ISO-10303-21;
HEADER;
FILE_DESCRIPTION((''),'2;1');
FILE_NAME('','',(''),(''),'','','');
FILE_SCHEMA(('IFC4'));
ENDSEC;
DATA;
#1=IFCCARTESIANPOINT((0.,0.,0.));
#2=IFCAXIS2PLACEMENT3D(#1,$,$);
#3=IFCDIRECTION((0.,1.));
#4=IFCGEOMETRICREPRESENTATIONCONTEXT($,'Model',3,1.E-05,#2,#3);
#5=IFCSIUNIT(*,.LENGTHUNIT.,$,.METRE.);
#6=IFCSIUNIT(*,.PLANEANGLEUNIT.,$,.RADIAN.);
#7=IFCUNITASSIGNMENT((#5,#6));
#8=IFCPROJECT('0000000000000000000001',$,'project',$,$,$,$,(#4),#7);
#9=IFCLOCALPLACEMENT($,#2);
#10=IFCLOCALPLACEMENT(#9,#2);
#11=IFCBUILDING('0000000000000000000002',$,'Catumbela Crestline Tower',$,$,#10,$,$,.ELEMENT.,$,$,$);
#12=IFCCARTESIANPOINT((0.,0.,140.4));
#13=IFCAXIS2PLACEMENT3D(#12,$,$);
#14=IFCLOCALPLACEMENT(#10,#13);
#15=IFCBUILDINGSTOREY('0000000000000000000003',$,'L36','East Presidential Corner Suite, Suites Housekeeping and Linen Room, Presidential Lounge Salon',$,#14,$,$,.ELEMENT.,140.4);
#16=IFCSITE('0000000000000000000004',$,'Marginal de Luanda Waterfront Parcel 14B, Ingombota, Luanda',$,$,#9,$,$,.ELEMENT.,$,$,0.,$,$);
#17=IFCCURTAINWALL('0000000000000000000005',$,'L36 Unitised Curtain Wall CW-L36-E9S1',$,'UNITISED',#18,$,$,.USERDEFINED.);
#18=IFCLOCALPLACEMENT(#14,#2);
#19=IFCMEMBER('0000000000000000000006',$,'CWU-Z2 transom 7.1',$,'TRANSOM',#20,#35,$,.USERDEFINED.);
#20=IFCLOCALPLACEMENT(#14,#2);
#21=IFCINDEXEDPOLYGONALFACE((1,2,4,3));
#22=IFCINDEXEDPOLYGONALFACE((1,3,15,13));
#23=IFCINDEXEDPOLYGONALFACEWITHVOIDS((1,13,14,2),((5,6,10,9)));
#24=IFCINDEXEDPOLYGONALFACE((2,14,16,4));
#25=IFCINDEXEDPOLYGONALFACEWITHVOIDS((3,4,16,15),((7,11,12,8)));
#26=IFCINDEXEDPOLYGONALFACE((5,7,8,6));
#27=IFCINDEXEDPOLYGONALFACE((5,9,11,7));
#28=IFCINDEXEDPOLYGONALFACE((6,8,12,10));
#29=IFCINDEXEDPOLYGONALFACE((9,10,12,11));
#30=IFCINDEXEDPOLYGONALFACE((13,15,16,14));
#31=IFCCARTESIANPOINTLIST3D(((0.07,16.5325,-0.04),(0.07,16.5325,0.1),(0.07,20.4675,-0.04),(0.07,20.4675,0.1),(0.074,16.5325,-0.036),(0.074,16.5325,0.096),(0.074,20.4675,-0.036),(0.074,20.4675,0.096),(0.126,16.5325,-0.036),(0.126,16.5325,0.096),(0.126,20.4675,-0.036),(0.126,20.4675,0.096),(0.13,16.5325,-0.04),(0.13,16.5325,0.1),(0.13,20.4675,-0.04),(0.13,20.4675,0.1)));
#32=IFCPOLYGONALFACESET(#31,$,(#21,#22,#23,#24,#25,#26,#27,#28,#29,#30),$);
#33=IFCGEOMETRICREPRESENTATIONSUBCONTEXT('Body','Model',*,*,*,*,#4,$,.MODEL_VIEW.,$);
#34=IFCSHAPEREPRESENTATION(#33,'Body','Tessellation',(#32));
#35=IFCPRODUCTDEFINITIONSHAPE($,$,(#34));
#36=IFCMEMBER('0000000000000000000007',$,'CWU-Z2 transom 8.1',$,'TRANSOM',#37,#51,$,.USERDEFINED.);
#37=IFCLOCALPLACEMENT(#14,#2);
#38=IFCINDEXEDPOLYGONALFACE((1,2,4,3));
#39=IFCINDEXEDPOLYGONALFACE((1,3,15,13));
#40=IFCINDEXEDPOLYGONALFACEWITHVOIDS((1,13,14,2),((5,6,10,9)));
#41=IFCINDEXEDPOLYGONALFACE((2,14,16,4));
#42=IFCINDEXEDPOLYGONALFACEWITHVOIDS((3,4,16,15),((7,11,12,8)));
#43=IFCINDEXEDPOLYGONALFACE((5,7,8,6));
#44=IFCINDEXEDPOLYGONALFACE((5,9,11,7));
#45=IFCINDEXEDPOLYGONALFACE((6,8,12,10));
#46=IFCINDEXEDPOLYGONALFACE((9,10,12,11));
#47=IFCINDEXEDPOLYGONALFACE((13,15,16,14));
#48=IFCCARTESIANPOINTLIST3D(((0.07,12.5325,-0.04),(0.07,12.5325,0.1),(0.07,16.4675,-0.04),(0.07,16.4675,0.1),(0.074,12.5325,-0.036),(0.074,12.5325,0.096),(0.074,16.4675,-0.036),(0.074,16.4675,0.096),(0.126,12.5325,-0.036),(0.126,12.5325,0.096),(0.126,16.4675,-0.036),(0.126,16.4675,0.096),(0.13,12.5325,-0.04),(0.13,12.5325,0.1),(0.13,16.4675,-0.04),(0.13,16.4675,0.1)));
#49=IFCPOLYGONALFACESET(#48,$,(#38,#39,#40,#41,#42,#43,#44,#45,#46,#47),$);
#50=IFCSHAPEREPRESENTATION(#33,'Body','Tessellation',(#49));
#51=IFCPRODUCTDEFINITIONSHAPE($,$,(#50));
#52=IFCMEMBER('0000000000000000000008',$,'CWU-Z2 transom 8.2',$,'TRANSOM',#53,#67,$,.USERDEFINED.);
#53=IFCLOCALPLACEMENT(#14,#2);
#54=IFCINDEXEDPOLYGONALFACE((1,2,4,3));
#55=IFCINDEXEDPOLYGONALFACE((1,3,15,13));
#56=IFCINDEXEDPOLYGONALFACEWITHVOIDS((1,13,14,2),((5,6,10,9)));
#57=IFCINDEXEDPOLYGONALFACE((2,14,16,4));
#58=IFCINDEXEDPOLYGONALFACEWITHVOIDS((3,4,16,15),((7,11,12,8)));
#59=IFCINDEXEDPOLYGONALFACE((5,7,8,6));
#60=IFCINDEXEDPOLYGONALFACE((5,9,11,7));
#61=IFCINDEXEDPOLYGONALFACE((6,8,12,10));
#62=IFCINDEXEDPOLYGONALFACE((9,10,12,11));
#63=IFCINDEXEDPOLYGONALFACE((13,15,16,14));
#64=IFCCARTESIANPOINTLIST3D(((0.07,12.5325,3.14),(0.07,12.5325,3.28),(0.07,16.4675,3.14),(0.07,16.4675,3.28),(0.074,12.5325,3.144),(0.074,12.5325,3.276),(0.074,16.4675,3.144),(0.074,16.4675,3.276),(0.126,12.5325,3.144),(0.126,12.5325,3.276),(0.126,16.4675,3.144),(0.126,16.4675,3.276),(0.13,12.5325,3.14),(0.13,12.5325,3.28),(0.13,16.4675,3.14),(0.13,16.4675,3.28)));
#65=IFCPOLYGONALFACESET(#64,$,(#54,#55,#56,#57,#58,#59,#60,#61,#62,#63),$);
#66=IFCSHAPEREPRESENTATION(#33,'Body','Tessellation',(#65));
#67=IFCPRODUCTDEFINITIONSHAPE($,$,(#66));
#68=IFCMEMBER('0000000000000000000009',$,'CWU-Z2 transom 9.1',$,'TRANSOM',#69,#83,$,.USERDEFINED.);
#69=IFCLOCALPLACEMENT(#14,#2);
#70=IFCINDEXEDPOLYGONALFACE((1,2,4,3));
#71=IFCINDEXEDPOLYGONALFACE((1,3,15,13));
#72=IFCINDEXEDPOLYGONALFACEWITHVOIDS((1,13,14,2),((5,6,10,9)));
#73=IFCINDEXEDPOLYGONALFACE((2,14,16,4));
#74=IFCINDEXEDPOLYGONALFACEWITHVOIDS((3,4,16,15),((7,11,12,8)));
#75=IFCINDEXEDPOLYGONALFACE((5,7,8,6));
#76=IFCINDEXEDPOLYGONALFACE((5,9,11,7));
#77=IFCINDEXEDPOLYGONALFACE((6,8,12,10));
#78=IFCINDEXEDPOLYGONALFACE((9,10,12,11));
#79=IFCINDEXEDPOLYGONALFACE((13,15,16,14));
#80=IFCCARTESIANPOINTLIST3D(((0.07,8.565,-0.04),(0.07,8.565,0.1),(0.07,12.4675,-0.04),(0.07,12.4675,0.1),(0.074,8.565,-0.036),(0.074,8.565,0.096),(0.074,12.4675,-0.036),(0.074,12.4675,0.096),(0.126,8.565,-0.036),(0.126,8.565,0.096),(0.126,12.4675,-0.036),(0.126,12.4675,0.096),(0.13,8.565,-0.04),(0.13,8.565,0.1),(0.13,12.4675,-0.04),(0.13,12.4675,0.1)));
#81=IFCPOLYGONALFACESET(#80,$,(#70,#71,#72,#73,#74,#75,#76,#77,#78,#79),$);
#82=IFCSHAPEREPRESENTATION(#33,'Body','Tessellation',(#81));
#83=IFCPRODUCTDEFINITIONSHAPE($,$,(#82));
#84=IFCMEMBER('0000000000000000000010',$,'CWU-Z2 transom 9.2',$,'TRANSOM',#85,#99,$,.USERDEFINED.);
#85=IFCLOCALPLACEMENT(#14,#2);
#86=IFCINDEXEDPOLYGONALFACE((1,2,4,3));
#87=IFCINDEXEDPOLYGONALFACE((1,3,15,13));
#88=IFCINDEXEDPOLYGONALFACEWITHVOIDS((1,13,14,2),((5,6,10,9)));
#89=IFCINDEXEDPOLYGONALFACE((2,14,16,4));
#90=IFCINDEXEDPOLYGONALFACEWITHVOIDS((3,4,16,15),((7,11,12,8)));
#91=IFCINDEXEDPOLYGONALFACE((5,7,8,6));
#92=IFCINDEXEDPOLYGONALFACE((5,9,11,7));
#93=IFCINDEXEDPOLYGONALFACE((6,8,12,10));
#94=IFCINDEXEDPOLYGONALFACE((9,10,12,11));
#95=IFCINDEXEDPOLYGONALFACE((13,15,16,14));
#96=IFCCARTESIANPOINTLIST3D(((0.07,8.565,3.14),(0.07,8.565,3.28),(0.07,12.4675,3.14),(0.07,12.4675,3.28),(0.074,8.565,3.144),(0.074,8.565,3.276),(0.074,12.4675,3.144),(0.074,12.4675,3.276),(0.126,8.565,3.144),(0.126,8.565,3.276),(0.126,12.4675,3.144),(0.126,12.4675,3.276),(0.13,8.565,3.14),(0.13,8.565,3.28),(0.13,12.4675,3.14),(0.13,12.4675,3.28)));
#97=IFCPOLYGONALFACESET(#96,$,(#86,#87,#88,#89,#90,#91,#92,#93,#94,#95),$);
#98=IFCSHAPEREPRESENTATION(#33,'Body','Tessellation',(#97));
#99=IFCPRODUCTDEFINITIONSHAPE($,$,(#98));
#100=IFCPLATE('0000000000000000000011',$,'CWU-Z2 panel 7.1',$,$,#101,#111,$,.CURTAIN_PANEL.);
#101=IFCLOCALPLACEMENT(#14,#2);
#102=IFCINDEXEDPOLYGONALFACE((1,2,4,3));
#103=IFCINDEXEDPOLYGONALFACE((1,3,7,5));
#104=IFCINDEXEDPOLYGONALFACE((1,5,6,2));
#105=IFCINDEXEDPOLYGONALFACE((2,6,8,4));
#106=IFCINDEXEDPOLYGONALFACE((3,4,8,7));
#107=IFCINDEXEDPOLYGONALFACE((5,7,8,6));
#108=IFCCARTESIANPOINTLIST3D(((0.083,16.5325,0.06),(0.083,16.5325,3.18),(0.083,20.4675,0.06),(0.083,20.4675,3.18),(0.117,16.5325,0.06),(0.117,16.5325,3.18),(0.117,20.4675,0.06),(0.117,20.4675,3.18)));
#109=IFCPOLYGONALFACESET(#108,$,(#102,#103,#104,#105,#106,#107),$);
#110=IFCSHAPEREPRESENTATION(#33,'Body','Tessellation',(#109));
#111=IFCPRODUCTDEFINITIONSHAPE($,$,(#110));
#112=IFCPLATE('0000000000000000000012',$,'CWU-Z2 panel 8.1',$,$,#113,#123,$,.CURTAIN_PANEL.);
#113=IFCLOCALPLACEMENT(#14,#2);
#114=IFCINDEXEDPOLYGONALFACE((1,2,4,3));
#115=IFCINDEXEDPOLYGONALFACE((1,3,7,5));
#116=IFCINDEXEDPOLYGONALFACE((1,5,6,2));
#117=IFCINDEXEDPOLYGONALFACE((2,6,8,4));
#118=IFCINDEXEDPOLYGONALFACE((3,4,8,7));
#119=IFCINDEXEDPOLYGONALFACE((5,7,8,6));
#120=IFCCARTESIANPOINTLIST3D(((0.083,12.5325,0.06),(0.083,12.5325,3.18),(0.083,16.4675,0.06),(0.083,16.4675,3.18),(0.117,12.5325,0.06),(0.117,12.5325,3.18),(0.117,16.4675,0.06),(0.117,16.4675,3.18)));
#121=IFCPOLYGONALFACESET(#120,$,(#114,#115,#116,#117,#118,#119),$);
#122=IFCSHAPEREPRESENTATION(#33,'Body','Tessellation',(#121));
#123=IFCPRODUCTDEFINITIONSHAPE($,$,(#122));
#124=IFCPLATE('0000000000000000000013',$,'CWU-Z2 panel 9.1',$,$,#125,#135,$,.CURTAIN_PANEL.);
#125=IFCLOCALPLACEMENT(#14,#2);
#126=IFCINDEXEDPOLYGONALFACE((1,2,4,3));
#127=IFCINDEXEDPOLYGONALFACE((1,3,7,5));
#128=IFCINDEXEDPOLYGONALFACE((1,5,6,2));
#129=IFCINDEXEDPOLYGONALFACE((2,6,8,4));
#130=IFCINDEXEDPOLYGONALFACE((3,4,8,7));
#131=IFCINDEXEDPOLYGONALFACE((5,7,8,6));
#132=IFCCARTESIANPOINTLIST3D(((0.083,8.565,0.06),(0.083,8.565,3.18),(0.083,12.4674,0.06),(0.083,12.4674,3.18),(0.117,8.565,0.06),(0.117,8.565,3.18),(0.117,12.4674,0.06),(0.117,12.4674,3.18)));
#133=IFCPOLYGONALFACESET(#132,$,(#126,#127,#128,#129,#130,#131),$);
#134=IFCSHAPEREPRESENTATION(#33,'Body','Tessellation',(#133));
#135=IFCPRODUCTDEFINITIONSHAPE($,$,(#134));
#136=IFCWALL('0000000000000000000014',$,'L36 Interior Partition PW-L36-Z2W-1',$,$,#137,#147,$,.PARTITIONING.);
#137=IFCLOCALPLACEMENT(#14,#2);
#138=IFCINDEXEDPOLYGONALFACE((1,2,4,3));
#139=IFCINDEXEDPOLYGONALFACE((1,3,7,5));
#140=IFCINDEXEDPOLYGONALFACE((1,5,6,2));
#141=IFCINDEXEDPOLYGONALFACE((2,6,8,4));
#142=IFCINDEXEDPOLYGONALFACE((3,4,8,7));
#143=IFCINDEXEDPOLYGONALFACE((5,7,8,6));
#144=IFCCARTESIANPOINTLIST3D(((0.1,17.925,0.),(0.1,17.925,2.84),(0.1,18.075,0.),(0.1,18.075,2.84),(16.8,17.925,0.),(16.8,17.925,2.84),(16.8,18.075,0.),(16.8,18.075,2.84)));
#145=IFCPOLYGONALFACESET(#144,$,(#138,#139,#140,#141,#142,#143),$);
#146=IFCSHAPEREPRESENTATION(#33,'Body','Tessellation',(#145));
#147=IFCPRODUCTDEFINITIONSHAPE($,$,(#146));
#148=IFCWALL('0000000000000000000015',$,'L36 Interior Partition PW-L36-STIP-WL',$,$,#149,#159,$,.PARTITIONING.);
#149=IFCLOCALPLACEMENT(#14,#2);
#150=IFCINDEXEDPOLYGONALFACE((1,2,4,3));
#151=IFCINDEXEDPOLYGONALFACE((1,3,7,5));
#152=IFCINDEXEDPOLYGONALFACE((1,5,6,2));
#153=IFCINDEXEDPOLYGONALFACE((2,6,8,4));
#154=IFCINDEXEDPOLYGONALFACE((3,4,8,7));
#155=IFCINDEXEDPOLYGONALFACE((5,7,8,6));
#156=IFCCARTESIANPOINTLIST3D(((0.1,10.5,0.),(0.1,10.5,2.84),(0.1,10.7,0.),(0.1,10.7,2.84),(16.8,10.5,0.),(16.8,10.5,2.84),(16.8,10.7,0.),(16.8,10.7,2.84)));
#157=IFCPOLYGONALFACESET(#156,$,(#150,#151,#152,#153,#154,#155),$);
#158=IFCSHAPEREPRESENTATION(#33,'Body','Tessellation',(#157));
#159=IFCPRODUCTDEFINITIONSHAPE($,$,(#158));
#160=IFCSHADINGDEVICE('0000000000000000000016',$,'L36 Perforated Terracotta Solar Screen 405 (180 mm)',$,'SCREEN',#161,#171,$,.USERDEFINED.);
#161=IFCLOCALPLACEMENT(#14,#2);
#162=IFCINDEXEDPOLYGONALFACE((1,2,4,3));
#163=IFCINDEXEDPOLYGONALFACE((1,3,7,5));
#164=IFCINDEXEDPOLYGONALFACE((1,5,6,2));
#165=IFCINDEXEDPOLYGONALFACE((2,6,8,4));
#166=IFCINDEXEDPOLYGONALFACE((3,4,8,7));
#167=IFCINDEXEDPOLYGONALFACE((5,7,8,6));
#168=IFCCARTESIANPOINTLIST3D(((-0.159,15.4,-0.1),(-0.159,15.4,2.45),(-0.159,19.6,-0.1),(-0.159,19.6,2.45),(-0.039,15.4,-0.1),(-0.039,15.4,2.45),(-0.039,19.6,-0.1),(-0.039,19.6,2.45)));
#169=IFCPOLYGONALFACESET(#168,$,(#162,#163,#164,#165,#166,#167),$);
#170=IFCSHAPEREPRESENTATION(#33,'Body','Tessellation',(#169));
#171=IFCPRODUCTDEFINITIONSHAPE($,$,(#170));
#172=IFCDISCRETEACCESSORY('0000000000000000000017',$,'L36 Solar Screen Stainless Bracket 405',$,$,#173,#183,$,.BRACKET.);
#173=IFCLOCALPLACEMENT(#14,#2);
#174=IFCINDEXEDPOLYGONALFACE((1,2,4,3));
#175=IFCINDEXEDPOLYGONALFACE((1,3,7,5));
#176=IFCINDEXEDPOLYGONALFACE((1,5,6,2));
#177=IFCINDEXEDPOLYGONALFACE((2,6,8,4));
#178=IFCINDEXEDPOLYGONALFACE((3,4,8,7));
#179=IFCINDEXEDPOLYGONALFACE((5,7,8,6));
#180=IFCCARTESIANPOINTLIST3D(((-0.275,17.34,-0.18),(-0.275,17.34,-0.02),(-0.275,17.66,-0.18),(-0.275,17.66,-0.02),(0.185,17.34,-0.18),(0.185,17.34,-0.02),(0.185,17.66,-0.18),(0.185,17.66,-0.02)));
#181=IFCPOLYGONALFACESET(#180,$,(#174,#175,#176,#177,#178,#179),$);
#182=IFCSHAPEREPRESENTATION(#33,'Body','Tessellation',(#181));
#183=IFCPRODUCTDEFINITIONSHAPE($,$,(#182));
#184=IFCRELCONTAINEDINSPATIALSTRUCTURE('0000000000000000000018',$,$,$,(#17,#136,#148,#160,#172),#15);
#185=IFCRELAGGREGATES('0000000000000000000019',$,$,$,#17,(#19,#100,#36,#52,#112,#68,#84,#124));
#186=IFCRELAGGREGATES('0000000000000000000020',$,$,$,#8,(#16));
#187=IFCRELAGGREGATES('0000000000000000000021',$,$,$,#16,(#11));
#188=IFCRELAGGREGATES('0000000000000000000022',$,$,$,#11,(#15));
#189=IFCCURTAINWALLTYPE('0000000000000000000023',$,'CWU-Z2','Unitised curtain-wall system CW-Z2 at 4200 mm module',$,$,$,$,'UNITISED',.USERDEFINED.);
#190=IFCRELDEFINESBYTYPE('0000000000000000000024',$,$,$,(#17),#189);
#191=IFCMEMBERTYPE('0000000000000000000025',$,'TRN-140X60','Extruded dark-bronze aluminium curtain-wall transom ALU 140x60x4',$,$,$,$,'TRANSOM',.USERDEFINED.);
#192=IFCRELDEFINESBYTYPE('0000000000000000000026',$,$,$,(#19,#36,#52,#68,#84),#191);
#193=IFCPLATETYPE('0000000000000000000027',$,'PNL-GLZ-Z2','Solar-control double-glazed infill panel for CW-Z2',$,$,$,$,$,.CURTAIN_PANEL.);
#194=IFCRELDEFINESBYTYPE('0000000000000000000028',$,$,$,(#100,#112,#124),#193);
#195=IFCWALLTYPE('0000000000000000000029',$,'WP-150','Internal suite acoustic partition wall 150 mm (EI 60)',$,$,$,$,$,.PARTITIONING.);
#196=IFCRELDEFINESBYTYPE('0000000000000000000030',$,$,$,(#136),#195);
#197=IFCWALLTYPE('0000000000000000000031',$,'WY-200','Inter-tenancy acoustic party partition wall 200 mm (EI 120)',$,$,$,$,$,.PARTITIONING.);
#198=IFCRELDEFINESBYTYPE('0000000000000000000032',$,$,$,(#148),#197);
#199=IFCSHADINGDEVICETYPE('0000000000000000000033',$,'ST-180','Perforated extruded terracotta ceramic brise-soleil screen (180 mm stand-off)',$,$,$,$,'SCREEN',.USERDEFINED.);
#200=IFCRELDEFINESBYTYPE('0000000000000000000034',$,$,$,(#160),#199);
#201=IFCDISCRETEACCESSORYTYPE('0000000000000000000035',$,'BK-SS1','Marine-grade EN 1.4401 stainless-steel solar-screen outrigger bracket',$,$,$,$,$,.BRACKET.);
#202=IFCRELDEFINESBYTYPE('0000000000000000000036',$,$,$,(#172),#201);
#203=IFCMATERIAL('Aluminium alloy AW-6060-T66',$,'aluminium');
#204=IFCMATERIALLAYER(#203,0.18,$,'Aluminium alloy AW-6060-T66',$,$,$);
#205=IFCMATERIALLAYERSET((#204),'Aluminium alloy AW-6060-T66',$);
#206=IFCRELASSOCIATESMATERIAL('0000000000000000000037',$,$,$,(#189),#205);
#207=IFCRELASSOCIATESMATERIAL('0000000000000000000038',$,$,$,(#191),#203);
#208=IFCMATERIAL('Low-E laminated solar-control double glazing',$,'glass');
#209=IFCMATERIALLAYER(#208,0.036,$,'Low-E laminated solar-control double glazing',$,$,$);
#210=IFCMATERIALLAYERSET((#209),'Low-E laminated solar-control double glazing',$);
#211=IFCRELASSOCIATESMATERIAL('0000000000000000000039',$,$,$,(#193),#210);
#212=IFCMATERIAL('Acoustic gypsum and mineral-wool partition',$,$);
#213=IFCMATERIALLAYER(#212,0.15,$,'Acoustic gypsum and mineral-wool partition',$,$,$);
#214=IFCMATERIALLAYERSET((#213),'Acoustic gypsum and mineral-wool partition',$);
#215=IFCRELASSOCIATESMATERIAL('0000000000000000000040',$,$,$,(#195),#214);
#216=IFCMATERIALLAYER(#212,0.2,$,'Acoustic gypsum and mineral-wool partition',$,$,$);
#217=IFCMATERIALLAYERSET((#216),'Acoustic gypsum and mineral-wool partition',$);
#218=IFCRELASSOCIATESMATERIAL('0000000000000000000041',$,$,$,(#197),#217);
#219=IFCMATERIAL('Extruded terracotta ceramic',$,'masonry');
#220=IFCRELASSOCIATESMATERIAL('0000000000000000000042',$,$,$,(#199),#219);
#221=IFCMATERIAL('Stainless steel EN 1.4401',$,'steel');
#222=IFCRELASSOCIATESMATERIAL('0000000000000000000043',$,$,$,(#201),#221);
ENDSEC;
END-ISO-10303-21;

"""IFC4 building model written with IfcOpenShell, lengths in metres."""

from ifc_helpers import new_model, si_unit, direction, frame, frame_2d, origin, origin_2d, place, context, subcontext, project, spatial, rectangle, hollow_rectangle, extrude, material, layer, layer_set, material_profile, profile_set, type_object, element, aggregate, save


model = new_model("IFC4")

# Units and contexts
model_context = context("Model", 3, precision=1e-05, world=origin(), true_north=direction((0.0, 1.0)))
body_context = subcontext(model_context, "Body", "Model", "MODEL_VIEW")
ifc_project = project(units=[si_unit("LENGTHUNIT", "METRE"), si_unit("PLANEANGLEUNIT", "RADIAN")], contexts=[model_context])

# Site, building, storey
site_placement = place(None, origin())
site = spatial("IfcSite", under=ifc_project, at=site_placement, Name="Marginal de Luanda Waterfront Parcel 14B, Ingombota, Luanda", CompositionType="ELEMENT", RefElevation=0.0)
building_placement = place(site_placement, origin())
building = spatial("IfcBuilding", under=site, at=building_placement, Name="Catumbela Crestline Tower", CompositionType="ELEMENT")
storey_placement = place(building_placement, frame((0.0, 0.0, 140.4)))
storey = spatial("IfcBuildingStorey", under=building, at=storey_placement, Name="L36", Description="East Presidential Corner Suite, Suites Housekeeping and Linen Room, Presidential Lounge Salon", CompositionType="ELEMENT", Elevation=140.4)

# Curtain wall
ifc_material_1 = material(Name="Aluminium alloy AW-6060-T66", Category="aluminium")
ifc_layer_1 = layer(ifc_material_1, 0.18, Name="Aluminium alloy AW-6060-T66")
ifc_layer_set_1 = layer_set([ifc_layer_1], Name="Aluminium alloy AW-6060-T66")
curtain_wall_type = type_object("IfcCurtainWallType", Name="CWU-Z2", Description="Unitised curtain-wall system CW-Z2 at 4200 mm module", ElementType="UNITISED", PredefinedType="USERDEFINED", material=ifc_layer_set_1)
curtain_wall_placement = place(storey_placement, origin())
curtain_wall = element("IfcCurtainWall", 1, at=curtain_wall_placement, inside=storey, type_object=curtain_wall_type, Name="L36 Unitised Curtain Wall CW-L36-E9S1", ObjectType="UNITISED", PredefinedType="USERDEFINED")

# Members
ifc_material_profile_1 = material_profile(ifc_material_1, hollow_rectangle(XDim=0.06, YDim=0.14, WallThickness=0.004, at=origin_2d()), Name="ALU 140x60x4")
ifc_profile_set_1 = profile_set([ifc_material_profile_1], Name="Aluminium alloy AW-6060-T66")
member_type_1 = type_object("IfcMemberType", Name="TRN-140X60", Description="Extruded dark-bronze aluminium curtain-wall transom ALU 140x60x4", ElementType="TRANSOM", PredefinedType="USERDEFINED", material=ifc_profile_set_1)
member_1_placement = place(storey_placement, frame((0.1, 20.4675, 0.03), z_axis=(0.0, -1.0, 0.0), x_axis=(1.0, 0.0, 0.0)))
member_1 = element("IfcMember", 2, at=member_1_placement, type_object=member_type_1, Name="CWU-Z2 transom 7.1", ObjectType="TRANSOM", PredefinedType="USERDEFINED", context=body_context, shape_type="SweptSolid", body=[
    extrude(hollow_rectangle(XDim=0.06, YDim=0.14, WallThickness=0.004, at=origin_2d()), origin(), (0.0, 0.0, 1.0), 3.935),
])
member_2_placement = place(storey_placement, frame((0.1, 16.4675, 0.03), z_axis=(0.0, -1.0, 0.0), x_axis=(1.0, 0.0, 0.0)))
member_2 = element("IfcMember", 3, at=member_2_placement, type_object=member_type_1, Name="CWU-Z2 transom 8.1", ObjectType="TRANSOM", PredefinedType="USERDEFINED", context=body_context, shape_type="SweptSolid", body=[
    extrude(hollow_rectangle(XDim=0.06, YDim=0.14, WallThickness=0.004, at=origin_2d()), origin(), (0.0, 0.0, 1.0), 3.935),
])
member_3_placement = place(storey_placement, frame((0.1, 16.4675, 3.21), z_axis=(0.0, -1.0, 0.0), x_axis=(1.0, 0.0, 0.0)))
member_3 = element("IfcMember", 4, at=member_3_placement, type_object=member_type_1, Name="CWU-Z2 transom 8.2", ObjectType="TRANSOM", PredefinedType="USERDEFINED", context=body_context, shape_type="SweptSolid", body=[
    extrude(hollow_rectangle(XDim=0.06, YDim=0.14, WallThickness=0.004, at=origin_2d()), origin(), (0.0, 0.0, 1.0), 3.935),
])
member_4_placement = place(storey_placement, frame((0.1, 12.4675, 0.03), z_axis=(0.0, -1.0, 0.0), x_axis=(1.0, 0.0, 0.0)))
member_4 = element("IfcMember", 5, at=member_4_placement, type_object=member_type_1, Name="CWU-Z2 transom 9.1", ObjectType="TRANSOM", PredefinedType="USERDEFINED", context=body_context, shape_type="SweptSolid", body=[
    extrude(hollow_rectangle(XDim=0.06, YDim=0.14, WallThickness=0.004, at=origin_2d()), origin(), (0.0, 0.0, 1.0), 3.9025),
])
member_5_placement = place(storey_placement, frame((0.1, 12.4675, 3.21), z_axis=(0.0, -1.0, 0.0), x_axis=(1.0, 0.0, 0.0)))
member_5 = element("IfcMember", 6, at=member_5_placement, type_object=member_type_1, Name="CWU-Z2 transom 9.2", ObjectType="TRANSOM", PredefinedType="USERDEFINED", context=body_context, shape_type="SweptSolid", body=[
    extrude(hollow_rectangle(XDim=0.06, YDim=0.14, WallThickness=0.004, at=origin_2d()), origin(), (0.0, 0.0, 1.0), 3.9025),
])

# Plates
ifc_material_2 = material(Name="Low-E laminated solar-control double glazing", Category="glass")
ifc_layer_2 = layer(ifc_material_2, 0.036, Name="Low-E laminated solar-control double glazing")
ifc_layer_set_2 = layer_set([ifc_layer_2], Name="Low-E laminated solar-control double glazing")
plate_type = type_object("IfcPlateType", Name="PNL-GLZ-Z2", Description="Solar-control double-glazed infill panel for CW-Z2", PredefinedType="CURTAIN_PANEL", material=ifc_layer_set_2)
plate_1_placement = place(storey_placement, frame((0.1, 18.5, 0.06), z_axis=(0.0, 0.0, 1.0), x_axis=(0.0, -1.0, 0.0)))
plate_1 = element("IfcPlate", 7, at=plate_1_placement, type_object=plate_type, Name="CWU-Z2 panel 7.1", PredefinedType="CURTAIN_PANEL", context=body_context, shape_type="SweptSolid", body=[
    extrude(rectangle(XDim=3.935, YDim=0.034, at=origin_2d()), origin(), (0.0, 0.0, 1.0), 3.12),
])
plate_2_placement = place(storey_placement, frame((0.1, 14.5, 0.06), z_axis=(0.0, 0.0, 1.0), x_axis=(0.0, -1.0, 0.0)))
plate_2 = element("IfcPlate", 8, at=plate_2_placement, type_object=plate_type, Name="CWU-Z2 panel 8.1", PredefinedType="CURTAIN_PANEL", context=body_context, shape_type="SweptSolid", body=[
    extrude(rectangle(XDim=3.935, YDim=0.034, at=origin_2d()), origin(), (0.0, 0.0, 1.0), 3.12),
])
plate_3_placement = place(storey_placement, frame((0.1, 10.5162, 0.06), z_axis=(0.0, 0.0, 1.0), x_axis=(0.0, -1.0, 0.0)))
plate_3 = element("IfcPlate", 9, at=plate_3_placement, type_object=plate_type, Name="CWU-Z2 panel 9.1", PredefinedType="CURTAIN_PANEL", context=body_context, shape_type="SweptSolid", body=[
    extrude(rectangle(XDim=3.9025, YDim=0.034, at=origin_2d()), origin(), (0.0, 0.0, 1.0), 3.12),
])
aggregate(curtain_wall, [member_1, plate_1, member_2, member_3, plate_2, member_4, member_5, plate_3])

# Walls
ifc_material_3 = material(Name="Acoustic gypsum and mineral-wool partition")
ifc_layer_3 = layer(ifc_material_3, 0.15, Name="Acoustic gypsum and mineral-wool partition")
ifc_layer_set_3 = layer_set([ifc_layer_3], Name="Acoustic gypsum and mineral-wool partition")
wall_type_1 = type_object("IfcWallType", Name="WP-150", Description="Internal suite acoustic partition wall 150 mm (EI 60)", PredefinedType="PARTITIONING", material=ifc_layer_set_3)
wall_1_placement = place(storey_placement, frame((0.1, 18.0, 0.0), z_axis=(0.0, 0.0, 1.0), x_axis=(1.0, 0.0, 0.0)))
element("IfcWall", 10, at=wall_1_placement, inside=storey, type_object=wall_type_1, Name="L36 Interior Partition PW-L36-Z2W-1", PredefinedType="PARTITIONING", context=body_context, shape_type="SweptSolid", body=[
    extrude(rectangle(XDim=16.7, YDim=0.15, at=frame_2d((8.35, 0.0))), origin(), (0.0, 0.0, 1.0), 2.84),
])
ifc_layer_4 = layer(ifc_material_3, 0.2, Name="Acoustic gypsum and mineral-wool partition")
ifc_layer_set_4 = layer_set([ifc_layer_4], Name="Acoustic gypsum and mineral-wool partition")
wall_type_2 = type_object("IfcWallType", Name="WY-200", Description="Inter-tenancy acoustic party partition wall 200 mm (EI 120)", PredefinedType="PARTITIONING", material=ifc_layer_set_4)
wall_2_placement = place(storey_placement, frame((0.1, 10.6, 0.0), z_axis=(0.0, 0.0, 1.0), x_axis=(1.0, 0.0, 0.0)))
element("IfcWall", 11, at=wall_2_placement, inside=storey, type_object=wall_type_2, Name="L36 Interior Partition PW-L36-STIP-WL", PredefinedType="PARTITIONING", context=body_context, shape_type="SweptSolid", body=[
    extrude(rectangle(XDim=16.7, YDim=0.2, at=frame_2d((8.35, 0.0))), origin(), (0.0, 0.0, 1.0), 2.84),
])

# Shading device
ifc_material_4 = material(Name="Extruded terracotta ceramic", Category="masonry")
shading_device_type = type_object("IfcShadingDeviceType", Name="ST-180", Description="Perforated extruded terracotta ceramic brise-soleil screen (180 mm stand-off)", ElementType="SCREEN", PredefinedType="USERDEFINED", material=ifc_material_4)
shading_device_placement = place(storey_placement, frame((-0.099, 17.5, -0.1), z_axis=(0.0, 0.0, 1.0), x_axis=(0.0, -1.0, 0.0)))
element("IfcShadingDevice", 12, at=shading_device_placement, inside=storey, type_object=shading_device_type, Name="L36 Perforated Terracotta Solar Screen 405 (180 mm)", ObjectType="SCREEN", PredefinedType="USERDEFINED", context=body_context, shape_type="SweptSolid", body=[
    extrude(rectangle(XDim=4.2, YDim=0.12, at=origin_2d()), origin(), (0.0, 0.0, 1.0), 2.55),
])

# Discrete accessory
ifc_material_5 = material(Name="Stainless steel EN 1.4401", Category="steel")
discrete_accessory_type = type_object("IfcDiscreteAccessoryType", Name="BK-SS1", Description="Marine-grade EN 1.4401 stainless-steel solar-screen outrigger bracket", PredefinedType="BRACKET", material=ifc_material_5)
discrete_accessory_placement = place(storey_placement, frame((-0.045, 17.5, -0.18), z_axis=(0.0, 0.0, 1.0), x_axis=(0.0, -1.0, 0.0)))
element("IfcDiscreteAccessory", 13, at=discrete_accessory_placement, inside=storey, type_object=discrete_accessory_type, Name="L36 Solar Screen Stainless Bracket 405", PredefinedType="BRACKET", context=body_context, shape_type="SweptSolid", body=[
    extrude(rectangle(XDim=0.32, YDim=0.46, at=origin_2d()), origin(), (0.0, 0.0, 1.0), 0.16),
])

save(model, "model.ifc")
